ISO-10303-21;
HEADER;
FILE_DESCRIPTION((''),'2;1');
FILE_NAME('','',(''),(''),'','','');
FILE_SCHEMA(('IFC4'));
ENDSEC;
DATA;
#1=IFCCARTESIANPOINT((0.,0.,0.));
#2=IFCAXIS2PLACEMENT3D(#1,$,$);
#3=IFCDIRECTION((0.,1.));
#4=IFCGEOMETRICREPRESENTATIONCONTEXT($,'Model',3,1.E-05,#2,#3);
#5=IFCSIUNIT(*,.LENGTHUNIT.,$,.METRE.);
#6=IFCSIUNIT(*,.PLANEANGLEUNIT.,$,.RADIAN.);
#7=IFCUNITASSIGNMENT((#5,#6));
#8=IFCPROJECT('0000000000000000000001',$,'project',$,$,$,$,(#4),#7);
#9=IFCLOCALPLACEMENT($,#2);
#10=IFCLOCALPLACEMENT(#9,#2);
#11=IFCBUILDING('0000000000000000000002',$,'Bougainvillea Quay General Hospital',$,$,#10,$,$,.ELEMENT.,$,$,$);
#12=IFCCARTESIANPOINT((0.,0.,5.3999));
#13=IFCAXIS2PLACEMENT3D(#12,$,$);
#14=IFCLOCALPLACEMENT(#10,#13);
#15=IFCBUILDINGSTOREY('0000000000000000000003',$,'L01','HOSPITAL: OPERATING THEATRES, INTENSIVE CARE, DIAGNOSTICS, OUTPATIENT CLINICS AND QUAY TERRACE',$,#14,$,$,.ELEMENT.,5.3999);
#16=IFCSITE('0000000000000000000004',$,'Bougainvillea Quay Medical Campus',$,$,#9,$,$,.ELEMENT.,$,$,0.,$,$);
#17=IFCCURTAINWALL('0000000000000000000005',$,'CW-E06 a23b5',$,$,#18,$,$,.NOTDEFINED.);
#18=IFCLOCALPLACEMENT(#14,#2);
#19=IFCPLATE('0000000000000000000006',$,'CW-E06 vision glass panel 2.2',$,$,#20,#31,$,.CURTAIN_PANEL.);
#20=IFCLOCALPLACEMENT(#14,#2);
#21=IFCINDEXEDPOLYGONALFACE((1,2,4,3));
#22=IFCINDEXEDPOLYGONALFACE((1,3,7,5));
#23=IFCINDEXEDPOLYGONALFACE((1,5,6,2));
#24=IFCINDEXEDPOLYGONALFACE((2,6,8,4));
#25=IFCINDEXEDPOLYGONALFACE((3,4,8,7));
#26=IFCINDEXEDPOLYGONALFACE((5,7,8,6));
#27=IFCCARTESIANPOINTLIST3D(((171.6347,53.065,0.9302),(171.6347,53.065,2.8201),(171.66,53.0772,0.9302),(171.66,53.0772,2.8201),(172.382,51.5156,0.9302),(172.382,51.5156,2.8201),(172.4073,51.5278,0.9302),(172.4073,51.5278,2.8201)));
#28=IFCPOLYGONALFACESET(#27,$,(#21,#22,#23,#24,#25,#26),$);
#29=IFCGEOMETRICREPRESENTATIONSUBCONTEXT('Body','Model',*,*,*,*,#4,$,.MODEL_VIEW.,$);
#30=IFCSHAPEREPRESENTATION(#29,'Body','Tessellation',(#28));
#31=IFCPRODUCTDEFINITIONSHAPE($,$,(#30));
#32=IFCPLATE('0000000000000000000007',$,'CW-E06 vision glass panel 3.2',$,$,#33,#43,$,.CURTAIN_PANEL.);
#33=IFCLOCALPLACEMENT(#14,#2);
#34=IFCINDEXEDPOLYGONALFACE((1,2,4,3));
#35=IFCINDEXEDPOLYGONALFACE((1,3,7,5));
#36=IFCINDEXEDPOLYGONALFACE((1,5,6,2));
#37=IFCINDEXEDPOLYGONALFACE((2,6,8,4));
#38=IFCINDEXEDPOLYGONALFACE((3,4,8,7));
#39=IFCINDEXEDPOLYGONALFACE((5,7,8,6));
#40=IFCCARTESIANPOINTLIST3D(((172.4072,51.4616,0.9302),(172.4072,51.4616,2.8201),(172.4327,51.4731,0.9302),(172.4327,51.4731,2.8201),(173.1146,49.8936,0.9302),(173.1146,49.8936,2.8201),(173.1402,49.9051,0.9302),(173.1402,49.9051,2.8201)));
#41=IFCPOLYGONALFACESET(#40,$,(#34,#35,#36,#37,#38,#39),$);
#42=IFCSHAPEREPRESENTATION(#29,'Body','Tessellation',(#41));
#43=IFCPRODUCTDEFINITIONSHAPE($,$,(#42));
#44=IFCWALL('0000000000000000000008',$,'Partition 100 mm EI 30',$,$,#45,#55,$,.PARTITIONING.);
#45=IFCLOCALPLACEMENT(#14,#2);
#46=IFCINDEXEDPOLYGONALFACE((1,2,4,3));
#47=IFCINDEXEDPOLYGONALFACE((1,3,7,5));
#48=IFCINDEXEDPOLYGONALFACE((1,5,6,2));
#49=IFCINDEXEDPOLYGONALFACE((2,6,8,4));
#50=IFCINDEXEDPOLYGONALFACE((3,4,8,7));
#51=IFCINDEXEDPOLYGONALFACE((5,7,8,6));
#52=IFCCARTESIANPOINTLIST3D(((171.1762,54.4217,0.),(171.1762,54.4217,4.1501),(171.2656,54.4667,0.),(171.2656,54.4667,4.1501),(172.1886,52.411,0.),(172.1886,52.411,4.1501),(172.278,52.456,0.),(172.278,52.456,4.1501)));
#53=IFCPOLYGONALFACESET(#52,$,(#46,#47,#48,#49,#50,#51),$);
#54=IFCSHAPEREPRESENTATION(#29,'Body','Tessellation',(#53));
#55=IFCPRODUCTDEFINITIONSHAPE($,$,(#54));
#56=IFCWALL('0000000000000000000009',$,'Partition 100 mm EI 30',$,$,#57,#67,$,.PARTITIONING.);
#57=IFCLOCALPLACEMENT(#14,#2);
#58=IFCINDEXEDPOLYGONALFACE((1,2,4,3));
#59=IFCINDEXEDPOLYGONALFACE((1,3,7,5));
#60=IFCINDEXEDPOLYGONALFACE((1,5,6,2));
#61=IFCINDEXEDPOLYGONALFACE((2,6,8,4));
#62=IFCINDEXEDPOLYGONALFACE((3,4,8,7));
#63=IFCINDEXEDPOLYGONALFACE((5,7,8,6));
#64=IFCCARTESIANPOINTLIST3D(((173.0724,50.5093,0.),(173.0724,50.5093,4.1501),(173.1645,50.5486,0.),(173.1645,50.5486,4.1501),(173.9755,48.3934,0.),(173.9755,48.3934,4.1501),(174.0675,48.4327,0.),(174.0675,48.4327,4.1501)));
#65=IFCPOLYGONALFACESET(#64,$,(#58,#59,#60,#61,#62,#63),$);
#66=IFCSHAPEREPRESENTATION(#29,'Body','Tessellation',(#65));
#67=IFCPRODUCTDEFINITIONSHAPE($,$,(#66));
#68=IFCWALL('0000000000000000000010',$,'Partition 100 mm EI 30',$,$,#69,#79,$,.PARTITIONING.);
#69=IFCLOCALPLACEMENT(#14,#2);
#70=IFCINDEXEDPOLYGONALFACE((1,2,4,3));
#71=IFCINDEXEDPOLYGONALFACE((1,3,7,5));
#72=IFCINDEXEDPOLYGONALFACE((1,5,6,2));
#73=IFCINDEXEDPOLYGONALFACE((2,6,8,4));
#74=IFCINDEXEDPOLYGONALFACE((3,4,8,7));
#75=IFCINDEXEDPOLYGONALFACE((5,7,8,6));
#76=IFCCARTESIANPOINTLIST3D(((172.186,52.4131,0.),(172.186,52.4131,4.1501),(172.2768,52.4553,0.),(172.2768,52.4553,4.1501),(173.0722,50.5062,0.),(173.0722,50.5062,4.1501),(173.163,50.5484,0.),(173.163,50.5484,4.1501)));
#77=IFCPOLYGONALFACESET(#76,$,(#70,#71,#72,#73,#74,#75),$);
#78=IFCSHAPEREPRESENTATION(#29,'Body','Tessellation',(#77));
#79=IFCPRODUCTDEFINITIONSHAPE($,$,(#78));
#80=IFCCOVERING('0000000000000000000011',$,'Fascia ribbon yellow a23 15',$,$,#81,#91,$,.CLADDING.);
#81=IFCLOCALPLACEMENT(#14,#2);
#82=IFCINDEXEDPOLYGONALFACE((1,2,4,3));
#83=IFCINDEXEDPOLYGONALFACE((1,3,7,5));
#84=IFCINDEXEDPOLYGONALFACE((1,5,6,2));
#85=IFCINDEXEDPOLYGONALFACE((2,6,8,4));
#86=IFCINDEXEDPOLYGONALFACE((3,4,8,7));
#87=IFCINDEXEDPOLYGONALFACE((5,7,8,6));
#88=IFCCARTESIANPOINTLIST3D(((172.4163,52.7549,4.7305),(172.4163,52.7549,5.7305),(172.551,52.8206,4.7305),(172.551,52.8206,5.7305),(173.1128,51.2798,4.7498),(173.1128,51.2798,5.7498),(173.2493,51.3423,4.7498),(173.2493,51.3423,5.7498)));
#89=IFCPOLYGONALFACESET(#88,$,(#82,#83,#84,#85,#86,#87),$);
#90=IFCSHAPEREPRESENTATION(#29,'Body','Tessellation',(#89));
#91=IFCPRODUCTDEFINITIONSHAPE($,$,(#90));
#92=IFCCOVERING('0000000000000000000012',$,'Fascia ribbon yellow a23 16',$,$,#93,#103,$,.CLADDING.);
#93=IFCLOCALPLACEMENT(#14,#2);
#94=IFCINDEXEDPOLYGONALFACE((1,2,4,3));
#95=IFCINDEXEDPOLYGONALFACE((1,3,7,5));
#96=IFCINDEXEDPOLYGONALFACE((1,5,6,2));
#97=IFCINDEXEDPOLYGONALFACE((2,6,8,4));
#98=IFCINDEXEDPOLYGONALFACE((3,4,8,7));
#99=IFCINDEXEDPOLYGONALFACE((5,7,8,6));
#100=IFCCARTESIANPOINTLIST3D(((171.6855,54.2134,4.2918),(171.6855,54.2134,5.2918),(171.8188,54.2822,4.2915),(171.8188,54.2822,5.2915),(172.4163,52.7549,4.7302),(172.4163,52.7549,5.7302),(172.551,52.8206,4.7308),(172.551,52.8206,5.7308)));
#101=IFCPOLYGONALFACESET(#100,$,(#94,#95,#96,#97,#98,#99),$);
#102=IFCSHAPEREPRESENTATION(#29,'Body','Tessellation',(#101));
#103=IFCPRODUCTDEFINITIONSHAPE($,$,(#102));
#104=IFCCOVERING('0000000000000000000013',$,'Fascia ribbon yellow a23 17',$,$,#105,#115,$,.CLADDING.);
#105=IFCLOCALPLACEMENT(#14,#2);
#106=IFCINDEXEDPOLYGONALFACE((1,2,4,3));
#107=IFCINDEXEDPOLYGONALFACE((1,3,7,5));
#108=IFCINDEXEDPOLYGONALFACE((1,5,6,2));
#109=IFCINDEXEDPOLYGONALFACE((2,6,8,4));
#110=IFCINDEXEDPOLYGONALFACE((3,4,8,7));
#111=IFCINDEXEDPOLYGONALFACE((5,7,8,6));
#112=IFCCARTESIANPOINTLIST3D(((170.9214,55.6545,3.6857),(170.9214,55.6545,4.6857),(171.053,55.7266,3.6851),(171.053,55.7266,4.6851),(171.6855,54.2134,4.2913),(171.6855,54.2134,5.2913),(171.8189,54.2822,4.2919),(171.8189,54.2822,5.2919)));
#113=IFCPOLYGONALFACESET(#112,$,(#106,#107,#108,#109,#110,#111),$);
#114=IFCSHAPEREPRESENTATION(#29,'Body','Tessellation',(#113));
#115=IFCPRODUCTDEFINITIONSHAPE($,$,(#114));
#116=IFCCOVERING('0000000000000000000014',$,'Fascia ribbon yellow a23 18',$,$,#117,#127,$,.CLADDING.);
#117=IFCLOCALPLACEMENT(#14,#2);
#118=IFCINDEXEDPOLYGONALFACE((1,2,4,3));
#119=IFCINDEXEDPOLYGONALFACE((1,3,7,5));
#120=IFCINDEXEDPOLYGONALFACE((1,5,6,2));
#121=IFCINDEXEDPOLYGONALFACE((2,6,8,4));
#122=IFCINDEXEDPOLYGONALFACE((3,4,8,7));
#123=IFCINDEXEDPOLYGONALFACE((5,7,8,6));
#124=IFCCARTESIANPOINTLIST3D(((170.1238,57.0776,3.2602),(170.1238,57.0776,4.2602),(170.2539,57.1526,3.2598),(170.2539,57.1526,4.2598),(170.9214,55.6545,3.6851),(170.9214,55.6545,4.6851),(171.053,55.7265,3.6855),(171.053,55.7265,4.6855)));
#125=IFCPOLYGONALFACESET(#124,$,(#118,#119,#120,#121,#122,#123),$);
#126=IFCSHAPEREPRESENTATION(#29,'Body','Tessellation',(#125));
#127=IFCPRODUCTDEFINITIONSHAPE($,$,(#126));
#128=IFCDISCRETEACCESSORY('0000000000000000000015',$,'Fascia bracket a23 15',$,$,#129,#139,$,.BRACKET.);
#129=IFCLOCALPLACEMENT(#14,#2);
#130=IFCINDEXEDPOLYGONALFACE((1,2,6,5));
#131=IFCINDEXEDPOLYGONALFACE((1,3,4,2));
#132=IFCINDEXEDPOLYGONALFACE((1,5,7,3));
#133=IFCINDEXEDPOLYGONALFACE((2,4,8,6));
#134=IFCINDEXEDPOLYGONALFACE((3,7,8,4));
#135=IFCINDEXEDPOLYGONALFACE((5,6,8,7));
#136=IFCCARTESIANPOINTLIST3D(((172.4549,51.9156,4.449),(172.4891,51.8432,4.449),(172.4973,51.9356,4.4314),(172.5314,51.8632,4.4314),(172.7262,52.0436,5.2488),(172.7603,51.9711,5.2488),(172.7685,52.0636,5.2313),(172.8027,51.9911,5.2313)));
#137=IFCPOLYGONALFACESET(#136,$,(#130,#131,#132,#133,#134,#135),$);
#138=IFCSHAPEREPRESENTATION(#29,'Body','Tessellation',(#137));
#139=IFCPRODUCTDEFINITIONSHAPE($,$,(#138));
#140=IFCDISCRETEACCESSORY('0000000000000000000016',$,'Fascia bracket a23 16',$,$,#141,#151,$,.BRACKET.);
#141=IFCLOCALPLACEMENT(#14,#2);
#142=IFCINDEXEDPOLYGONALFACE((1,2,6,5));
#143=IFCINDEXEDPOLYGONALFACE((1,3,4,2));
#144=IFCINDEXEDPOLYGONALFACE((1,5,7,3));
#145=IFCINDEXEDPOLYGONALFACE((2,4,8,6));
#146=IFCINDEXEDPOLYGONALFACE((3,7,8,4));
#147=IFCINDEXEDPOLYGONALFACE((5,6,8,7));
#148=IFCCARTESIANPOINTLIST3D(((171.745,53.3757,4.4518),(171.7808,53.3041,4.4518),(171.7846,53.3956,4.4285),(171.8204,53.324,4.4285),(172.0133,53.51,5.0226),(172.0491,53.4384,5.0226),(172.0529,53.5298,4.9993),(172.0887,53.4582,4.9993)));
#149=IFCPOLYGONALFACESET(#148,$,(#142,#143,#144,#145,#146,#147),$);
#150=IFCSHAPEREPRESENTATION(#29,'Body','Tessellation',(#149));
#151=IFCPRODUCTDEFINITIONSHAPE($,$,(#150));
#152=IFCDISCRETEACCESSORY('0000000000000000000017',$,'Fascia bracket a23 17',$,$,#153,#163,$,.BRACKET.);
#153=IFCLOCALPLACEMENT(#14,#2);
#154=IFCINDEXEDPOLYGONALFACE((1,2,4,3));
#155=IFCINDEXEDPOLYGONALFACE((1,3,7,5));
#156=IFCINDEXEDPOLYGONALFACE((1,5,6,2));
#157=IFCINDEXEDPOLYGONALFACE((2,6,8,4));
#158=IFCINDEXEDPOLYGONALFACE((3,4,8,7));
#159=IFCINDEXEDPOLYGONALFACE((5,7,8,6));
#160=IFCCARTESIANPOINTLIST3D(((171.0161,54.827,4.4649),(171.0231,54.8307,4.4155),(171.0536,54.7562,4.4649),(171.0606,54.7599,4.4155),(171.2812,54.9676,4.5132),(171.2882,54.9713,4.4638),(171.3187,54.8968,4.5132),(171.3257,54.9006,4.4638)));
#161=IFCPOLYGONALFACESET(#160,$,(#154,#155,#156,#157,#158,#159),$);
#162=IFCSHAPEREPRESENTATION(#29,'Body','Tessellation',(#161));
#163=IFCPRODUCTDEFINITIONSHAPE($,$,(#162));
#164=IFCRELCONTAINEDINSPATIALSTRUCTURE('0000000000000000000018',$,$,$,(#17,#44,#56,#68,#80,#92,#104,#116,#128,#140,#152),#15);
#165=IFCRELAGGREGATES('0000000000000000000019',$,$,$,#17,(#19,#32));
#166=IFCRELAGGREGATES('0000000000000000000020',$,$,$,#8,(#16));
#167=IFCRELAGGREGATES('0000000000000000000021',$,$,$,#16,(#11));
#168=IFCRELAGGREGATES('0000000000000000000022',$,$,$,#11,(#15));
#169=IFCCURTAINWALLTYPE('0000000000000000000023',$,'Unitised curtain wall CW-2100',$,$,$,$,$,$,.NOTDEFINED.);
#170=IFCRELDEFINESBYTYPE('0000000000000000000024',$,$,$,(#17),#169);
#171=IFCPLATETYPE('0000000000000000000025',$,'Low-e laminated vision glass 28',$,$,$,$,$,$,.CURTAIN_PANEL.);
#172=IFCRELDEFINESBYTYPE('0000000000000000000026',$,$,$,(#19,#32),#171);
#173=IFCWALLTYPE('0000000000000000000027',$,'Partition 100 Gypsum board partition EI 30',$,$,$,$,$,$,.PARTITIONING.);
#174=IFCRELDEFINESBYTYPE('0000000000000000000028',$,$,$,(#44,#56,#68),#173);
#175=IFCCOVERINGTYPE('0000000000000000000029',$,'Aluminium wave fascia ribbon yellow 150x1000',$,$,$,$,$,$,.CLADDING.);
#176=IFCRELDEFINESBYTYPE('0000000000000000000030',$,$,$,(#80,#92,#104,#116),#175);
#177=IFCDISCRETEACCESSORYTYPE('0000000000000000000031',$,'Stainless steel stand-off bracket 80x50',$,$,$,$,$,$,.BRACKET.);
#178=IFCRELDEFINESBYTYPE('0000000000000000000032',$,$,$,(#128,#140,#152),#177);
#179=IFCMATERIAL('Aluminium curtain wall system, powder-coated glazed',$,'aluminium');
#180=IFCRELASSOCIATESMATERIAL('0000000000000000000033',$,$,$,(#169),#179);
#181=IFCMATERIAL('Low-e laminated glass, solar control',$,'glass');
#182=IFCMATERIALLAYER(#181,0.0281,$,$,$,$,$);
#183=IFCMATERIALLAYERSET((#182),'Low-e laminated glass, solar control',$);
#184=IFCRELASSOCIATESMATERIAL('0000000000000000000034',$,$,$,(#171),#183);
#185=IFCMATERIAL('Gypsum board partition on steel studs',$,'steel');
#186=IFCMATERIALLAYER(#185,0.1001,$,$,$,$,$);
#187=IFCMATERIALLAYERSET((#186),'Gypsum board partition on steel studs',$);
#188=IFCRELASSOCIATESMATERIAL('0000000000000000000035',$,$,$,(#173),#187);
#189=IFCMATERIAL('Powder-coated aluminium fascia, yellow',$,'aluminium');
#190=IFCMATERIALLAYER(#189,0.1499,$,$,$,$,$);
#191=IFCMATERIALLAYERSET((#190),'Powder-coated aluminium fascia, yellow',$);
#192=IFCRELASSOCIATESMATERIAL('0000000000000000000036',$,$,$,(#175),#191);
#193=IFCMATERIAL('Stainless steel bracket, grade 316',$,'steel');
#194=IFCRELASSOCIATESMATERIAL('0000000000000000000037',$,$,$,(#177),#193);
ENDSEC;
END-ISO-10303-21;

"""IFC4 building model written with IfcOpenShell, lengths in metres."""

from ifc_helpers import new_model, si_unit, direction, frame, frame_2d, origin, origin_2d, place, context, subcontext, project, spatial, polyline, rectangle, outline, extrude, material, layer, layer_set, material_profile, profile_set, type_object, element, aggregate, save


model = new_model("IFC4")

# Units and contexts
model_context = context("Model", 3, precision=1e-05, world=origin(), true_north=direction((0.0, 1.0)))
body_context = subcontext(model_context, "Body", "Model", "MODEL_VIEW")
ifc_project = project(units=[si_unit("LENGTHUNIT", "METRE"), si_unit("PLANEANGLEUNIT", "RADIAN")], contexts=[model_context])

# Site, building, storey
site_placement = place(None, origin())
site = spatial("IfcSite", under=ifc_project, at=site_placement, Name="Bougainvillea Quay Medical Campus", CompositionType="ELEMENT", RefElevation=0.0)
building_placement = place(site_placement, origin())
building = spatial("IfcBuilding", under=site, at=building_placement, Name="Bougainvillea Quay General Hospital", CompositionType="ELEMENT")
storey_placement = place(building_placement, frame((0.0, 0.0, 5.3999)))
storey = spatial("IfcBuildingStorey", under=building, at=storey_placement, Name="L01", Description="HOSPITAL: OPERATING THEATRES, INTENSIVE CARE, DIAGNOSTICS, OUTPATIENT CLINICS AND QUAY TERRACE", CompositionType="ELEMENT", Elevation=5.3999)

# Shared definitions
ifc_material_1 = material(Name="Aluminium curtain wall system, powder-coated glazed", Category="aluminium")
curtain_wall_type = type_object("IfcCurtainWallType", Name="Unitised curtain wall CW-2100", PredefinedType="NOTDEFINED", material=ifc_material_1)

# Curtain wall
curtain_wall_1_placement = place(storey_placement, origin())
curtain_wall_1 = element("IfcCurtainWall", 1, at=curtain_wall_1_placement, inside=storey, type_object=curtain_wall_type, Name="CW-E06 a23b5", PredefinedType="NOTDEFINED")

# Plates
ifc_material_2 = material(Name="Low-e laminated glass, solar control", Category="glass")
ifc_layer_1 = layer(ifc_material_2, 0.0281)
ifc_layer_set_1 = layer_set([ifc_layer_1], Name="Low-e laminated glass, solar control")
plate_type_1 = type_object("IfcPlateType", Name="Low-e laminated vision glass 28", PredefinedType="CURTAIN_PANEL", material=ifc_layer_set_1)
plate_1_placement = place(storey_placement, frame((172.021, 52.2964, 0.9302), z_axis=(0.0, 0.0, 1.0), x_axis=(0.434389, -0.900726, 0.0)))
plate_1 = element("IfcPlate", 2, at=plate_1_placement, type_object=plate_type_1, Name="CW-E06 vision glass panel 2.2", PredefinedType="CURTAIN_PANEL", context=body_context, shape_type="SweptSolid", body=[
    extrude(rectangle(XDim=1.7202, YDim=0.0281, at=origin_2d()), origin(), (0.0, 0.0, 1.0), 1.8899),
])
plate_2_placement = place(storey_placement, frame((172.7737, 50.6833, 0.9302), z_axis=(0.0, 0.0, 1.0), x_axis=(0.41126, -0.911518, 0.0)))
plate_2 = element("IfcPlate", 3, at=plate_2_placement, type_object=plate_type_1, Name="CW-E06 vision glass panel 3.2", PredefinedType="CURTAIN_PANEL", context=body_context, shape_type="SweptSolid", body=[
    extrude(rectangle(XDim=1.7202, YDim=0.0281, at=origin_2d()), origin(), (0.0, 0.0, 1.0), 1.8899),
])
aggregate(curtain_wall_1, [plate_1, plate_2])

# Walls
ifc_material_3 = material(Name="Gypsum board partition on steel studs", Category="steel")
ifc_layer_2 = layer(ifc_material_3, 0.1001)
ifc_layer_set_2 = layer_set([ifc_layer_2], Name="Gypsum board partition on steel studs")
wall_type = type_object("IfcWallType", Name="Partition 100 Gypsum board partition EI 30", PredefinedType="PARTITIONING", material=ifc_layer_set_2)
wall_1_placement = place(storey_placement, frame((171.2209, 54.4441, 0.0), z_axis=(0.0, 0.0, 1.0), x_axis=(0.449728, -0.893166, 0.0)))
element("IfcWall", 4, at=wall_1_placement, inside=storey, type_object=wall_type, Name="Partition 100 mm EI 30", PredefinedType="PARTITIONING", context=body_context, shape_type="SweptSolid", body=[
    extrude(rectangle(XDim=2.2512, YDim=0.1001, at=frame_2d((1.1255, 0.0))), origin(), (0.0, 0.0, 1.0), 4.1501),
])
wall_2_placement = place(storey_placement, frame((173.1184, 50.5291, 0.0), z_axis=(0.0, 0.0, 1.0), x_axis=(0.392536, -0.919737, 0.0)))
element("IfcWall", 5, at=wall_2_placement, inside=storey, type_object=wall_type, Name="Partition 100 mm EI 30", PredefinedType="PARTITIONING", context=body_context, shape_type="SweptSolid", body=[
    extrude(rectangle(XDim=2.3005, YDim=0.1001, at=frame_2d((1.1504, 0.0))), origin(), (0.0, 0.0, 1.0), 4.1501),
])
wall_3_placement = place(storey_placement, frame((172.2314, 52.4341, 0.0), z_axis=(0.0, 0.0, 1.0), x_axis=(0.421442, -0.906855, 0.0)))
element("IfcWall", 6, at=wall_3_placement, inside=storey, type_object=wall_type, Name="Partition 100 mm EI 30", PredefinedType="PARTITIONING", context=body_context, shape_type="SweptSolid", body=[
    extrude(rectangle(XDim=2.1028, YDim=0.1001, at=frame_2d((1.0513, 0.0))), origin(), (0.0, 0.0, 1.0), 4.1501),
])

# Coverings
ifc_material_4 = material(Name="Powder-coated aluminium fascia, yellow", Category="aluminium")
ifc_layer_3 = layer(ifc_material_4, 0.1499)
ifc_layer_set_3 = layer_set([ifc_layer_3], Name="Powder-coated aluminium fascia, yellow")
covering_type = type_object("IfcCoveringType", Name="Aluminium wave fascia ribbon yellow 150x1000", PredefinedType="CLADDING", material=ifc_layer_set_3)
covering_1_placement = place(storey_placement, frame((173.1128, 51.2798, 4.7498), z_axis=(-0.005046, 0.010677, 0.99993), x_axis=(-0.426956, 0.904195, -0.011809)))
element("IfcCovering", 7, at=covering_1_placement, inside=storey, type_object=covering_type, Name="Fascia ribbon yellow a23 15", PredefinedType="CLADDING", context=body_context, shape_type="SweptSolid", body=[
    extrude(outline(polyline([(0.0, 0.0), (1.6314, 0.0), (1.6332, -0.1499), (-0.0018, -0.1501), (0.0, 0.0)])), origin(), (-0.011809, -0.000003, 0.99993), 1.0),
])
covering_2_placement = place(storey_placement, frame((172.4163, 52.7549, 4.7302), z_axis=(-0.117101, 0.231599, 0.965738), x_axis=(-0.432585, 0.863435, -0.259519)))
element("IfcCovering", 8, at=covering_2_placement, inside=storey, type_object=covering_type, Name="Fascia ribbon yellow a23 16", PredefinedType="CLADDING", context=body_context, shape_type="SweptSolid", body=[
    extrude(outline(polyline([(0.0, 0.0), (1.6892, 0.0), (1.6911, -0.15), (-0.0017, -0.1499), (0.0, 0.0)])), origin(), (-0.259519, -0.000923, 0.965738), 1.0),
])
covering_3_placement = place(storey_placement, frame((171.6855, 54.2134, 4.2913), z_axis=(-0.163402, 0.307263, 0.937491), x_axis=(-0.439176, 0.82826, -0.348009)))
element("IfcCovering", 9, at=covering_3_placement, inside=storey, type_object=covering_type, Name="Fascia ribbon yellow a23 17", PredefinedType="CLADDING", context=body_context, shape_type="SweptSolid", body=[
    extrude(outline(polyline([(0.0, 0.0), (1.74, 0.0), (1.7421, -0.15), (-0.0018, -0.15), (0.0, 0.0)])), origin(), (-0.348009, -0.000397, 0.937491), 1.0),
])
covering_4_placement = place(storey_placement, frame((170.9214, 55.6545, 3.6851), z_axis=(-0.123404, 0.219749, 0.96772), x_axis=(-0.473135, 0.844171, -0.252028)))
element("IfcCovering", 10, at=covering_4_placement, inside=storey, type_object=covering_type, Name="Fascia ribbon yellow a23 18", PredefinedType="CLADDING", context=body_context, shape_type="SweptSolid", body=[
    extrude(outline(polyline([(0.0, 0.0), (1.6858, 0.0), (1.6876, -0.1502), (-0.0016, -0.15), (0.0, 0.0)])), origin(), (-0.252028, -0.000203, 0.96772), 1.0),
])

# Discrete accessories
ifc_material_5 = material(Name="Stainless steel bracket, grade 316", Category="steel")
ifc_material_profile_1 = material_profile(ifc_material_5, rectangle(XDim=0.0801, YDim=0.05, at=origin_2d()))
ifc_profile_set_1 = profile_set([ifc_material_profile_1], Name="Stainless steel bracket, grade 316")
discrete_accessory_type = type_object("IfcDiscreteAccessoryType", Name="Stainless steel stand-off bracket 80x50", PredefinedType="BRACKET", material=ifc_profile_set_1)
discrete_accessory_1_placement = place(storey_placement, frame((172.4932, 51.8894, 4.4402), z_axis=(0.317544, 0.149769, 0.936341), x_axis=(-0.426581, 0.904449, 0.0)))
element("IfcDiscreteAccessory", 11, at=discrete_accessory_1_placement, inside=storey, type_object=discrete_accessory_type, Name="Fascia bracket a23 15", PredefinedType="BRACKET", context=body_context, shape_type="SweptSolid", body=[
    extrude(rectangle(XDim=0.0801, YDim=0.05, at=origin_2d()), origin(), (0.0, 0.0, 1.0), 0.8542),
])
discrete_accessory_2_placement = place(storey_placement, frame((171.7827, 53.3499, 4.4402), z_axis=(0.416081, 0.20823, 0.885165), x_axis=(-0.447539, 0.894264, 0.0)))
element("IfcDiscreteAccessory", 12, at=discrete_accessory_2_placement, inside=storey, type_object=discrete_accessory_type, Name="Fascia bracket a23 16", PredefinedType="BRACKET", context=body_context, shape_type="SweptSolid", body=[
    extrude(rectangle(XDim=0.0801, YDim=0.05, at=origin_2d()), origin(), (0.0, 0.0, 1.0), 0.6448),
])
discrete_accessory_3_placement = place(storey_placement, frame((171.0383, 54.7935, 4.4402), z_axis=(0.87219, 0.462598, 0.159018), x_axis=(-0.46856, 0.883431, 0.0)))
element("IfcDiscreteAccessory", 13, at=discrete_accessory_3_placement, inside=storey, type_object=discrete_accessory_type, Name="Fascia bracket a23 17", PredefinedType="BRACKET", context=body_context, shape_type="SweptSolid", body=[
    extrude(rectangle(XDim=0.0801, YDim=0.05, at=origin_2d()), origin(), (0.0, 0.0, 1.0), 0.304),
])

save(model, "model.ifc")
